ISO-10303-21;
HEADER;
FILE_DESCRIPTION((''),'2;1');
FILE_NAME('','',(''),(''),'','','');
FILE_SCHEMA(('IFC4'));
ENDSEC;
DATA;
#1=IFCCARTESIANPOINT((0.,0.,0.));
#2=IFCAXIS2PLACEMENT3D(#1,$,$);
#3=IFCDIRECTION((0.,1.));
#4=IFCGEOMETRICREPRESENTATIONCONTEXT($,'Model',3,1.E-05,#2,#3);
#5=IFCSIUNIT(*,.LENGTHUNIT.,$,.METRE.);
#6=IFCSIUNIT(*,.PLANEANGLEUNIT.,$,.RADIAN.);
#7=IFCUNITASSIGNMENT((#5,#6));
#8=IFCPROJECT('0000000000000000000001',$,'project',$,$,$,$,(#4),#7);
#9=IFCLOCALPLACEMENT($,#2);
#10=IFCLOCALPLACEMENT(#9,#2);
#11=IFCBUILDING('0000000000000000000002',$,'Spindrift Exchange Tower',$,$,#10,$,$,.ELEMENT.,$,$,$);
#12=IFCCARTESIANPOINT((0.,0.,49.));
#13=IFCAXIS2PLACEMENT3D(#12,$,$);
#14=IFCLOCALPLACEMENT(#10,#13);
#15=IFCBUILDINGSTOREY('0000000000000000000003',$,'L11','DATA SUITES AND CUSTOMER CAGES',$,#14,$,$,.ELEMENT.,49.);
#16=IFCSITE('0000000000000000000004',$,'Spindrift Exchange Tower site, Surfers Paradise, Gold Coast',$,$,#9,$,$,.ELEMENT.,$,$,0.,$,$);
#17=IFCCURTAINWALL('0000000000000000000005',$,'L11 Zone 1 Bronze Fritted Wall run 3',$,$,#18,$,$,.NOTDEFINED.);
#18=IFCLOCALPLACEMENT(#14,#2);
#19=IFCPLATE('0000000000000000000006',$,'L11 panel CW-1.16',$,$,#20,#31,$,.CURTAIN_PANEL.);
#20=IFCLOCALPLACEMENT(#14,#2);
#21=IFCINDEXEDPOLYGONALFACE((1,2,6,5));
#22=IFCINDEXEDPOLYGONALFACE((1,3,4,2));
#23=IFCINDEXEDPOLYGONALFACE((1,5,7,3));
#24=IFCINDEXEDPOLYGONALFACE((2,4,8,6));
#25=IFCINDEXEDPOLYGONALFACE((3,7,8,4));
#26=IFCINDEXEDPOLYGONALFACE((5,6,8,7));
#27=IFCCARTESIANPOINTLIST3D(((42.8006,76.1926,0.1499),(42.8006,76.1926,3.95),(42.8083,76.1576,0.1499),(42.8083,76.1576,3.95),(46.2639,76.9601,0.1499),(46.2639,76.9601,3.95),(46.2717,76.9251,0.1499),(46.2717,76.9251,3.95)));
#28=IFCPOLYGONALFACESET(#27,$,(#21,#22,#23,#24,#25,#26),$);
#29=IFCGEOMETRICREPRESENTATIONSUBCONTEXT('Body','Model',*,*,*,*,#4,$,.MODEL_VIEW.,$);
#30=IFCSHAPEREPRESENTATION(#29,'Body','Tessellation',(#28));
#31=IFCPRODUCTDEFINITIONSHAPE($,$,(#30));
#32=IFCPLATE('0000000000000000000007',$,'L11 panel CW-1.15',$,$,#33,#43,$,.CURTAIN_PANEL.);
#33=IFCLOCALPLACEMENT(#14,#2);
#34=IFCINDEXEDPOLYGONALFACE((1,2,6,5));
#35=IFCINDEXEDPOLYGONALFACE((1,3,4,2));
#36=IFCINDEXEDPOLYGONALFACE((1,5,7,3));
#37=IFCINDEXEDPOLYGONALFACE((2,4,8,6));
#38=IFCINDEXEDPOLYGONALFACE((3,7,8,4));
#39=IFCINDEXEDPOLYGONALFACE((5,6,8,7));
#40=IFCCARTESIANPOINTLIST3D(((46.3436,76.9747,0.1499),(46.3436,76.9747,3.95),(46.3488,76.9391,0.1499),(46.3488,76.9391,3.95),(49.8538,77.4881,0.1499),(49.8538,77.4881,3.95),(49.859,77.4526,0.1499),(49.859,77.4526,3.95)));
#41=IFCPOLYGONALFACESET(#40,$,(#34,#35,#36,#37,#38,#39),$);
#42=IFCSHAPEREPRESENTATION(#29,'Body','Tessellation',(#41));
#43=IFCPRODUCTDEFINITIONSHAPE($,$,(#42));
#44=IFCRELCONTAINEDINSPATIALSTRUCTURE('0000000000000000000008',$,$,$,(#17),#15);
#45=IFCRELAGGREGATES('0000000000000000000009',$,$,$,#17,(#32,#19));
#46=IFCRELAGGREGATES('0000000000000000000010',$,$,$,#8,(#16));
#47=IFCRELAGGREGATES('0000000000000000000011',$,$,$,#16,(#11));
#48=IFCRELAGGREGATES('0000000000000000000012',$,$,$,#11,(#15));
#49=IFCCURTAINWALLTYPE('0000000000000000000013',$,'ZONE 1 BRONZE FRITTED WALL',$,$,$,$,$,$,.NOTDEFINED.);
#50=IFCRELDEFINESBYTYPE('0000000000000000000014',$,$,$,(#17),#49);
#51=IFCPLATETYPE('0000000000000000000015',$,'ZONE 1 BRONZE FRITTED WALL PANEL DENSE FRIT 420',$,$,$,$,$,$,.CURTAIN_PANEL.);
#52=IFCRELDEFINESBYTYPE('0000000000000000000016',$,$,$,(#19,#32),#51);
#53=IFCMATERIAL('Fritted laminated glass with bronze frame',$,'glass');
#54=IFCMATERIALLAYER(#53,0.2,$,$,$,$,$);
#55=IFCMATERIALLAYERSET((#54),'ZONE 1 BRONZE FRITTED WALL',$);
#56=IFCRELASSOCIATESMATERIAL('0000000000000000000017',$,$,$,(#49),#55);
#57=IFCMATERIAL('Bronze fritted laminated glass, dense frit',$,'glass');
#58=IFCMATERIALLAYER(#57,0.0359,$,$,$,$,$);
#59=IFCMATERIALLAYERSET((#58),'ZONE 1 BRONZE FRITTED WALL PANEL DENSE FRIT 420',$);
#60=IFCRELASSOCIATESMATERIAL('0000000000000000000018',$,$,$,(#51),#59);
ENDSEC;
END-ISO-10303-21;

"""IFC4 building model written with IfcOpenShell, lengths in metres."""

from ifc_helpers import new_model, si_unit, direction, frame, origin, origin_2d, place, context, subcontext, project, spatial, rectangle, extrude, source, transform, mapped, material, layer, layer_set, type_object, element, aggregate, save


model = new_model("IFC4")

# Units and contexts
model_context = context("Model", 3, precision=1e-05, world=origin(), true_north=direction((0.0, 1.0)))
body_context = subcontext(model_context, "Body", "Model", "MODEL_VIEW")
ifc_project = project(units=[si_unit("LENGTHUNIT", "METRE"), si_unit("PLANEANGLEUNIT", "RADIAN")], contexts=[model_context])

# Site, building, storey
site_placement = place(None, origin())
site = spatial("IfcSite", under=ifc_project, at=site_placement, Name="Spindrift Exchange Tower site, Surfers Paradise, Gold Coast", CompositionType="ELEMENT", RefElevation=0.0)
building_placement = place(site_placement, origin())
building = spatial("IfcBuilding", under=site, at=building_placement, Name="Spindrift Exchange Tower", CompositionType="ELEMENT")
storey_placement = place(building_placement, frame((0.0, 0.0, 49.0)))
storey = spatial("IfcBuildingStorey", under=building, at=storey_placement, Name="L11", Description="DATA SUITES AND CUSTOMER CAGES", CompositionType="ELEMENT", Elevation=49.0)

# Curtain wall, plates
ifc_material_1 = material(Name="Fritted laminated glass with bronze frame", Category="glass")
ifc_layer_1 = layer(ifc_material_1, 0.2)
ifc_layer_set_1 = layer_set([ifc_layer_1], Name="ZONE 1 BRONZE FRITTED WALL")
curtain_wall_type = type_object("IfcCurtainWallType", Name="ZONE 1 BRONZE FRITTED WALL", PredefinedType="NOTDEFINED", material=ifc_layer_set_1)
curtain_wall_placement = place(storey_placement, origin())
curtain_wall = element("IfcCurtainWall", 1, at=curtain_wall_placement, inside=storey, type_object=curtain_wall_type, Name="L11 Zone 1 Bronze Fritted Wall run 3", PredefinedType="NOTDEFINED")
ifc_material_2 = material(Name="Bronze fritted laminated glass, dense frit", Category="glass")
ifc_layer_2 = layer(ifc_material_2, 0.0359)
ifc_layer_set_2 = layer_set([ifc_layer_2], Name="ZONE 1 BRONZE FRITTED WALL PANEL DENSE FRIT 420")
plate_type_1 = type_object("IfcPlateType", Name="ZONE 1 BRONZE FRITTED WALL PANEL DENSE FRIT 420", PredefinedType="CURTAIN_PANEL", material=ifc_layer_set_2)
shared_shape_1 = source(origin(), body_context, "Body", "SweptSolid", [
    extrude(rectangle(XDim=3.5474, YDim=0.0359, at=origin_2d()), origin(), (0.0, 0.0, 1.0), 3.8),
])
plate_1_placement = place(storey_placement, frame((44.5361, 76.5588, 0.1499), z_axis=(0.0, 0.0, 1.0), x_axis=(-0.976314, -0.216358, 0.0)))
plate_1 = element("IfcPlate", 2, at=plate_1_placement, type_object=plate_type_1, Name="L11 panel CW-1.16", PredefinedType="CURTAIN_PANEL", context=body_context, shape_type="MappedRepresentation", body=[
    mapped(shared_shape_1, transform((0.0, 0.0, 0.0), scale=1.0)),
])
shared_shape_2 = source(origin(), body_context, "Body", "SweptSolid", [
    extrude(rectangle(XDim=3.5476, YDim=0.0359, at=origin_2d()), origin(), (0.0, 0.0, 1.0), 3.8),
])
plate_2_placement = place(storey_placement, frame((48.1013, 77.2136, 0.1499), z_axis=(0.0, 0.0, 1.0), x_axis=(-0.989472, -0.144728, 0.0)))
plate_2 = element("IfcPlate", 3, at=plate_2_placement, type_object=plate_type_1, Name="L11 panel CW-1.15", PredefinedType="CURTAIN_PANEL", context=body_context, shape_type="MappedRepresentation", body=[
    mapped(shared_shape_2, transform((0.0, 0.0, 0.0), scale=1.0)),
])
aggregate(curtain_wall, [plate_2, plate_1])

save(model, "model.ifc")
